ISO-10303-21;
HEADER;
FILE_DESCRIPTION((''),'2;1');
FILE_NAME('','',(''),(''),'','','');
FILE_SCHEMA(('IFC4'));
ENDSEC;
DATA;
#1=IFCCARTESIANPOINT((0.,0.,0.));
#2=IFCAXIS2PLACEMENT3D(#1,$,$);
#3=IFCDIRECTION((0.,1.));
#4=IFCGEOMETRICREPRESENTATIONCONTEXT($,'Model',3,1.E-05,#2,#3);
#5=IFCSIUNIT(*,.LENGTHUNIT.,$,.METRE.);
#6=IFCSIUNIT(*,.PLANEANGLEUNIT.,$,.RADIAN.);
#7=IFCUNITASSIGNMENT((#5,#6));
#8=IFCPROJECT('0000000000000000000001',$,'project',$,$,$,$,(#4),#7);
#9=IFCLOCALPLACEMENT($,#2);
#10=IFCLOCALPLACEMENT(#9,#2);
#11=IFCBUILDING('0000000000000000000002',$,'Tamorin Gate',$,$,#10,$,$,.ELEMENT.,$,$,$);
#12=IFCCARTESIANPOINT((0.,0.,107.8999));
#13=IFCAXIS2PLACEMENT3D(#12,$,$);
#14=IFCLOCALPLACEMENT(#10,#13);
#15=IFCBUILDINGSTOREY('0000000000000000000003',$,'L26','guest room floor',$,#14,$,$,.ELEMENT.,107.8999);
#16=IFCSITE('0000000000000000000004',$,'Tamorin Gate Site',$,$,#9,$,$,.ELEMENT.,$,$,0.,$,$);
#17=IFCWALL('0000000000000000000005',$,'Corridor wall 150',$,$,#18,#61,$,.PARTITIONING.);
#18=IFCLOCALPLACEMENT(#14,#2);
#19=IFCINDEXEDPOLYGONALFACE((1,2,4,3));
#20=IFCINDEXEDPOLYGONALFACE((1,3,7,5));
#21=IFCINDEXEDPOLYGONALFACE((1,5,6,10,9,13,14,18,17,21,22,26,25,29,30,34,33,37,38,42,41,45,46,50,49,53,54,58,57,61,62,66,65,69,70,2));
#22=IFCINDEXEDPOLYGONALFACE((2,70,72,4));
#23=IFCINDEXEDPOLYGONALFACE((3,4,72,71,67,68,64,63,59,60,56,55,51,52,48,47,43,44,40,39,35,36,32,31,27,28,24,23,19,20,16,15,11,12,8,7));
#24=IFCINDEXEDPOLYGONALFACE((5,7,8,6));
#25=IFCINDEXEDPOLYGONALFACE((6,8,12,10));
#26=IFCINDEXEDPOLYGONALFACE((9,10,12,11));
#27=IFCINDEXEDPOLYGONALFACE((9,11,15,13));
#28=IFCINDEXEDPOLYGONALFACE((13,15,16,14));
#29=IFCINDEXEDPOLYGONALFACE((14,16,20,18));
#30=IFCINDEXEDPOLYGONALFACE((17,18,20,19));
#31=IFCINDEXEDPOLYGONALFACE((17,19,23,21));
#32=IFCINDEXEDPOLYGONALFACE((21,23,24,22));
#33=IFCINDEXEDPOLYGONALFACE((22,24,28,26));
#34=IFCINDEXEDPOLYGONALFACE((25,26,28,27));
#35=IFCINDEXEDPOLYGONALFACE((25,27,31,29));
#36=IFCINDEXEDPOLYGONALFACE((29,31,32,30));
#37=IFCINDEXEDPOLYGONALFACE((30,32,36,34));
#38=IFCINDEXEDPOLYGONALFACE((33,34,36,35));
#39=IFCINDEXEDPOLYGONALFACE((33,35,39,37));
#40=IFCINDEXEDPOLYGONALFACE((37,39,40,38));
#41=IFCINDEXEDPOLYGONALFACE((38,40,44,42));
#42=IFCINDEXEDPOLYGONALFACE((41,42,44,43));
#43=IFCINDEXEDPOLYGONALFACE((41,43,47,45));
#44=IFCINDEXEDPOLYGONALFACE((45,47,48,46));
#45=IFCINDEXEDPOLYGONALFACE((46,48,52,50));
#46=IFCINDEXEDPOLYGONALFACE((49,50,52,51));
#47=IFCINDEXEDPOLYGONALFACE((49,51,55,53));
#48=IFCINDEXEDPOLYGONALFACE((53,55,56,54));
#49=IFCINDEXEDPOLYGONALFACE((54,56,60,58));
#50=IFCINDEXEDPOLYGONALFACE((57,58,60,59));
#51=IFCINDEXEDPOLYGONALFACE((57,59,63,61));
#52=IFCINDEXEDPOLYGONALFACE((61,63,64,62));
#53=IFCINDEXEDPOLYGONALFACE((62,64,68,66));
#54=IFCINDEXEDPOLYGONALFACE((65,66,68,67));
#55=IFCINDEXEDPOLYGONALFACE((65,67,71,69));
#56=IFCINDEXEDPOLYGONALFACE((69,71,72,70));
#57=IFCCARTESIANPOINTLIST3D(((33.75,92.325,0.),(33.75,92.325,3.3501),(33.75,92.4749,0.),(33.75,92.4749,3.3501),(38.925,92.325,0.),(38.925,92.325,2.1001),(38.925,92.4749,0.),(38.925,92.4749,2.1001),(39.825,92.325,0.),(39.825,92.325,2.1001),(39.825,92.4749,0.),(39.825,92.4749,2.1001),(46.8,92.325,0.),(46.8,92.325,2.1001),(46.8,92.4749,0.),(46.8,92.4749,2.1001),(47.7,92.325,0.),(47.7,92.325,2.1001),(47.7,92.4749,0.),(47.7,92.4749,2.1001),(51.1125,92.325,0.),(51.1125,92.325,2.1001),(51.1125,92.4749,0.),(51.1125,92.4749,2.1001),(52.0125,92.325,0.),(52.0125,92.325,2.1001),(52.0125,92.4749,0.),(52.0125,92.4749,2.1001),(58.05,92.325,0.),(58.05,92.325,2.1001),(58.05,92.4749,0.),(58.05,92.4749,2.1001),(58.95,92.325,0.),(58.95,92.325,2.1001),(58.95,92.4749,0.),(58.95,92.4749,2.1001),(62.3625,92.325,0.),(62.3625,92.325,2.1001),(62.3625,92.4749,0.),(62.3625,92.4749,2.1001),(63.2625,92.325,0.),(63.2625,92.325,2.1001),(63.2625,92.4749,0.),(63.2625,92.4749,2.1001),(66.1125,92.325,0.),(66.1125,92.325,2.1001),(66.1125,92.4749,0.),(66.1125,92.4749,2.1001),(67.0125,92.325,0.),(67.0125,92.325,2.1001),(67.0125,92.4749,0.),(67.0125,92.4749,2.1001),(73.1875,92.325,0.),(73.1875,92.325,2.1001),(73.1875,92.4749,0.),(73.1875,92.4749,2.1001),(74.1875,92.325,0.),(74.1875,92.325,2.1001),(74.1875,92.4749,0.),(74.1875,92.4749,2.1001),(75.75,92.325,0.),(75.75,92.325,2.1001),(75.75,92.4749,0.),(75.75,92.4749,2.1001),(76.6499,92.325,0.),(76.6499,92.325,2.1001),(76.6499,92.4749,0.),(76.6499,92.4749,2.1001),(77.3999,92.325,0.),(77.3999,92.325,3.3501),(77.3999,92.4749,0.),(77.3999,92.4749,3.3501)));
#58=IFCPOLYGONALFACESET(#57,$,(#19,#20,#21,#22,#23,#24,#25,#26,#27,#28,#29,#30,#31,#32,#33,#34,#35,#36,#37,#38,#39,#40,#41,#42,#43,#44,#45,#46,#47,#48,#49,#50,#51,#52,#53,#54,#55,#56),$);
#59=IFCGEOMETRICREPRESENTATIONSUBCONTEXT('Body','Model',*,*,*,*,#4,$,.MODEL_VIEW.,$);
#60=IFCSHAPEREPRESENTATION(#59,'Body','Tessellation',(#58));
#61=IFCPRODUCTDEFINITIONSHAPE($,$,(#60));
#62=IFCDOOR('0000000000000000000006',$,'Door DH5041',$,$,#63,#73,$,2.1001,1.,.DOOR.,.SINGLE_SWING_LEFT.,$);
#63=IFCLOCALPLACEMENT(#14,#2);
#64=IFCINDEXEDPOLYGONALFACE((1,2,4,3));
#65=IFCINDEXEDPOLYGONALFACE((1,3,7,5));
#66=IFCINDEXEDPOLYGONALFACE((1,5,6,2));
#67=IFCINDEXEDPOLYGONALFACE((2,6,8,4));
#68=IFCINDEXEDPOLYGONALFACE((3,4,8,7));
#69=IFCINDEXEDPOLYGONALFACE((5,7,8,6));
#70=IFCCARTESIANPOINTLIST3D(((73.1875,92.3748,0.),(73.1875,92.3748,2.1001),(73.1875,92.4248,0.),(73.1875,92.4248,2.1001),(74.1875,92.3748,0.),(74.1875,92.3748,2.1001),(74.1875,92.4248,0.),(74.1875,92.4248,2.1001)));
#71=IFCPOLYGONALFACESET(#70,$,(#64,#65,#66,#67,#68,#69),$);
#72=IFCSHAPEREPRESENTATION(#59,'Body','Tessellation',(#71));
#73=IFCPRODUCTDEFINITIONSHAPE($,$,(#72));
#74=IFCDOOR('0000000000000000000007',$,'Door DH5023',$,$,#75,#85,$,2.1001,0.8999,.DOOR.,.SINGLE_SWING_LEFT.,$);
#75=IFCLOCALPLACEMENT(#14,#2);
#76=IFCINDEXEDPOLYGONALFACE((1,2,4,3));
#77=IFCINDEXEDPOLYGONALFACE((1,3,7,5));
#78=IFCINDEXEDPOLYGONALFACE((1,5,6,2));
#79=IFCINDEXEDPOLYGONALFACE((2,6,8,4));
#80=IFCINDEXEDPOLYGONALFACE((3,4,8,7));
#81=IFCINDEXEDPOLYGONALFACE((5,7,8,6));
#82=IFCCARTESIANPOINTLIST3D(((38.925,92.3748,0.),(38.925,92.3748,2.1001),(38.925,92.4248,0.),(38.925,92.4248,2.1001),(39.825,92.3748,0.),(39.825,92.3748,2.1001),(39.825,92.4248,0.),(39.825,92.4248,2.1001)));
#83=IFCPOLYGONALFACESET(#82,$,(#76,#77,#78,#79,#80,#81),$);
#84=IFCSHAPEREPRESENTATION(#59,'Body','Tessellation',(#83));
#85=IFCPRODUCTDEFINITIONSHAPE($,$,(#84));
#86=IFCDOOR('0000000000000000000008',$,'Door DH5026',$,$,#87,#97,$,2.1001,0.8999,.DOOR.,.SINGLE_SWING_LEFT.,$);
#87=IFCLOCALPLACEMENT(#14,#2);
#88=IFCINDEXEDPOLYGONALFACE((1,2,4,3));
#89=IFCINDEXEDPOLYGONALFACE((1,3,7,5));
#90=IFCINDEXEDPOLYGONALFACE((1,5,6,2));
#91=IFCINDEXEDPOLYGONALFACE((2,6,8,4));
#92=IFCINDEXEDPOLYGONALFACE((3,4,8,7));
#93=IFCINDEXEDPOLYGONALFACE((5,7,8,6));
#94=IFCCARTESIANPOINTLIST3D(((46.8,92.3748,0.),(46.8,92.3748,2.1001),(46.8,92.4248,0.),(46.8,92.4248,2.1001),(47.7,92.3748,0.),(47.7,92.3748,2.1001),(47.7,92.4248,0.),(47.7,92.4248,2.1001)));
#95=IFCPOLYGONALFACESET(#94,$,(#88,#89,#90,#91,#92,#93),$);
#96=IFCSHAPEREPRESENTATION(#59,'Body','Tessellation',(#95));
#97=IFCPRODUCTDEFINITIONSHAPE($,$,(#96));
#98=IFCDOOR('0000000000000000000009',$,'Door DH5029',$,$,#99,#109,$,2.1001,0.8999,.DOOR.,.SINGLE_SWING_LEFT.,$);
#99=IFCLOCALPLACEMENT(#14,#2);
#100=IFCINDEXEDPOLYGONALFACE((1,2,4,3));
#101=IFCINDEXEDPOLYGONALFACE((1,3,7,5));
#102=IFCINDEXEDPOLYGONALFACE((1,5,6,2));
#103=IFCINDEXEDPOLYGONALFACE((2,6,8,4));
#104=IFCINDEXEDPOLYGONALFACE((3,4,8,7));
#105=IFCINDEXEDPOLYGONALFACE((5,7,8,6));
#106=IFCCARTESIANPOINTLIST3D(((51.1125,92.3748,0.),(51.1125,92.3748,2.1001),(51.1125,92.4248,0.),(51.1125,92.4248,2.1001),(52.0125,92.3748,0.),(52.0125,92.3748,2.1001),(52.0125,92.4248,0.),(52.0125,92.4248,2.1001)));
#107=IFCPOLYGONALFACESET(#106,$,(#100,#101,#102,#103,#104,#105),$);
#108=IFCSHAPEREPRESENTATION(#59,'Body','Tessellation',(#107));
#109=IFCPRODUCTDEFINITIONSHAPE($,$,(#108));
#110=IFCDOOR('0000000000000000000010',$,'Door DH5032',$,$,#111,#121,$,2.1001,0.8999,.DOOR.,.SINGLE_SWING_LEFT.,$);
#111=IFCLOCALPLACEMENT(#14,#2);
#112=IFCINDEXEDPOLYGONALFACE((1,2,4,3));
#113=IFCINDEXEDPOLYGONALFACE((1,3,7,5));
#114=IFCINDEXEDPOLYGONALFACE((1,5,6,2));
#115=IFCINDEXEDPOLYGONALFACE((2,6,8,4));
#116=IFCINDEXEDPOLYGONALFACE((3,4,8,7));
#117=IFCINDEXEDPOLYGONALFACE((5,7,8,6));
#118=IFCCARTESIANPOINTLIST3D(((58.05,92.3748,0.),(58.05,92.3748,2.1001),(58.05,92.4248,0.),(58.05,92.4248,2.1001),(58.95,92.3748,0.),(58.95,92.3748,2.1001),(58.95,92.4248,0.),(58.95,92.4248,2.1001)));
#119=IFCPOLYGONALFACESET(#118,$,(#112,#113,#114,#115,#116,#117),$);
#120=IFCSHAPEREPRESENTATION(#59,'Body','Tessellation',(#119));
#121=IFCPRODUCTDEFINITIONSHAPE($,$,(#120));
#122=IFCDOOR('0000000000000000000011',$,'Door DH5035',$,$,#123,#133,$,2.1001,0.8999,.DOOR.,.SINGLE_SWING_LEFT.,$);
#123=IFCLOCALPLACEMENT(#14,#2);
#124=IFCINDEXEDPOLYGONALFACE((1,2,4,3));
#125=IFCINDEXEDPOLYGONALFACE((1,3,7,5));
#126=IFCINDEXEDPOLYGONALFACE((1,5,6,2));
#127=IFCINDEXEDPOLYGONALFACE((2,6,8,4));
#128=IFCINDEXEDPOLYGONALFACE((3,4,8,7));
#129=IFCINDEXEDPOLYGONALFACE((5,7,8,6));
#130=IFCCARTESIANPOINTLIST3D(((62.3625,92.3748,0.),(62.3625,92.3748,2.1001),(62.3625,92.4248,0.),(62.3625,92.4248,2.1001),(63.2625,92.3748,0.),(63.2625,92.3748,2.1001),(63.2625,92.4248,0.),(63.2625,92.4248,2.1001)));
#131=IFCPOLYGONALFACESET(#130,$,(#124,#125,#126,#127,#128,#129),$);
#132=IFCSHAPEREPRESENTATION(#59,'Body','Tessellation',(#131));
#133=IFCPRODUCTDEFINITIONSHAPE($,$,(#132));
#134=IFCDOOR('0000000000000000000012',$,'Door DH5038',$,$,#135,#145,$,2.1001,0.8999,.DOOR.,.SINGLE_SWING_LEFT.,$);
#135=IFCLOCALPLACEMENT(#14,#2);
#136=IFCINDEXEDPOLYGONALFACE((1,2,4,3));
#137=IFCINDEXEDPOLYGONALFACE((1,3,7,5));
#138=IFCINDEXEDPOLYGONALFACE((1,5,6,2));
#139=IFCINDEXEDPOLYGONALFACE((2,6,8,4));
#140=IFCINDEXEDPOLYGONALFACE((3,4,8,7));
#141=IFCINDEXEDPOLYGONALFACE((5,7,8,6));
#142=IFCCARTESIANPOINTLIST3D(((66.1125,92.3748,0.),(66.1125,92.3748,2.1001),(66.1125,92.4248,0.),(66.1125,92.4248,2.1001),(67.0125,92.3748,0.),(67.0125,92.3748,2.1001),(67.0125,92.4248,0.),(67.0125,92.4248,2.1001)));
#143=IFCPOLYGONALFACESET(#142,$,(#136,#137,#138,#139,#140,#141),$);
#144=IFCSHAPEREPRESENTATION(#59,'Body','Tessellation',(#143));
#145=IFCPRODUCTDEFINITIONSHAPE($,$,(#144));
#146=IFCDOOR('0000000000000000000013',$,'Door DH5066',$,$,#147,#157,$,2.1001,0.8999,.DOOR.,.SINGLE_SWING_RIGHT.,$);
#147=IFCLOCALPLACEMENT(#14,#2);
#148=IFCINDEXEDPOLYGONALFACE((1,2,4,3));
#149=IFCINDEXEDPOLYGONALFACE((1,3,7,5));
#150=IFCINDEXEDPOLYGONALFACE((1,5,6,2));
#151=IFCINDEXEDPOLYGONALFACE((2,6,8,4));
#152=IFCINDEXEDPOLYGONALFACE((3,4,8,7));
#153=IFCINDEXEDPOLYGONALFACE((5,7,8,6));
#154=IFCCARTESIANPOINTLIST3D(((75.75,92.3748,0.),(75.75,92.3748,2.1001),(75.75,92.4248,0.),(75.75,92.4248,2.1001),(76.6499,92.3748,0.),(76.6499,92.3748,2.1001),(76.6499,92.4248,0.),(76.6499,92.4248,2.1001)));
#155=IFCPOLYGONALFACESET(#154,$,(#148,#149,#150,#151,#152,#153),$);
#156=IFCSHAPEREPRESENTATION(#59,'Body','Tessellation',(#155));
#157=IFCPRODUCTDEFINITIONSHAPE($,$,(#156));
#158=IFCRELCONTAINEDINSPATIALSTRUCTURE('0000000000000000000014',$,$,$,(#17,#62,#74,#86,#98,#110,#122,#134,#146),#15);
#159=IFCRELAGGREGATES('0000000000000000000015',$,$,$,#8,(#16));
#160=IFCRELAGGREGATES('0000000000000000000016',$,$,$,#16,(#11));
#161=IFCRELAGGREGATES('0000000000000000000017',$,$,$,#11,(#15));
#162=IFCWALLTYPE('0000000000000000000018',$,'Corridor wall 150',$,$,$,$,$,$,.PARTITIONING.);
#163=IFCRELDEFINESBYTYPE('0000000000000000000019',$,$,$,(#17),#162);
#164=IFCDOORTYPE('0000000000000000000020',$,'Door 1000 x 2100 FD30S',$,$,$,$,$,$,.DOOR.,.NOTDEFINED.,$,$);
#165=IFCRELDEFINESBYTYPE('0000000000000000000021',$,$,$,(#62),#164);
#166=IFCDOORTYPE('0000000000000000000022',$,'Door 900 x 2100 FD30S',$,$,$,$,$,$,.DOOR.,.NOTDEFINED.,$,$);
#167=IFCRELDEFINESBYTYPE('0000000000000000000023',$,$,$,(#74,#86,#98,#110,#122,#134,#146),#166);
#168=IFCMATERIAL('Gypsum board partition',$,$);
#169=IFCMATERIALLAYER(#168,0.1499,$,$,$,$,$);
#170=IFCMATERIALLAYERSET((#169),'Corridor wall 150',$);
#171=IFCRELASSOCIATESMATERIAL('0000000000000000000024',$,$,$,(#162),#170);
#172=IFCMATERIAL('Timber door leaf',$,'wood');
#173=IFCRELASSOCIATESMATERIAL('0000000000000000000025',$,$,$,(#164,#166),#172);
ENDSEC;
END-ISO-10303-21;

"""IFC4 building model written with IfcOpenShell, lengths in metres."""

from ifc_helpers import new_model, si_unit, direction, frame, frame_2d, origin, place, context, subcontext, project, spatial, rectangle, extrude, material, layer, layer_set, type_object, element, fill, save


model = new_model("IFC4")

# Units and contexts
model_context = context("Model", 3, precision=1e-05, world=origin(), true_north=direction((0.0, 1.0)))
body_context = subcontext(model_context, "Body", "Model", "MODEL_VIEW")
ifc_project = project(units=[si_unit("LENGTHUNIT", "METRE"), si_unit("PLANEANGLEUNIT", "RADIAN")], contexts=[model_context])

# Site, building, storey
site_placement = place(None, origin())
site = spatial("IfcSite", under=ifc_project, at=site_placement, Name="Tamorin Gate Site", CompositionType="ELEMENT", RefElevation=0.0)
building_placement = place(site_placement, origin())
building = spatial("IfcBuilding", under=site, at=building_placement, Name="Tamorin Gate", CompositionType="ELEMENT")
storey_placement = place(building_placement, frame((0.0, 0.0, 107.8999)))
storey = spatial("IfcBuildingStorey", under=building, at=storey_placement, Name="L26", Description="guest room floor", CompositionType="ELEMENT", Elevation=107.8999)

# Wall, openings, doors
ifc_material_1 = material(Name="Gypsum board partition")
ifc_layer_1 = layer(ifc_material_1, 0.1499)
ifc_layer_set_1 = layer_set([ifc_layer_1], Name="Corridor wall 150")
wall_type_1 = type_object("IfcWallType", Name="Corridor wall 150", PredefinedType="PARTITIONING", material=ifc_layer_set_1)
wall_1_placement = place(storey_placement, frame((33.75, 92.3999, 0.0), z_axis=(0.0, 0.0, 1.0), x_axis=(1.0, 0.0, 0.0)))
wall_1 = element("IfcWall", 1, at=wall_1_placement, inside=storey, type_object=wall_type_1, Name="Corridor wall 150", PredefinedType="PARTITIONING", context=body_context, shape_type="SweptSolid", body=[
    extrude(rectangle(XDim=43.6499, YDim=0.1499, at=frame_2d((21.825, 0.0))), origin(), (0.0, 0.0, 1.0), 3.3501),
])
opening_1_placement = place(wall_1_placement, frame((5.175, 0.0, 0.0)))
opening_1 = element("IfcOpeningElement", 2, at=opening_1_placement, cuts=wall_1, PredefinedType="OPENING", context=body_context, shape_type="SweptSolid", body=[
    extrude(rectangle(XDim=0.8999, YDim=2.1001, at=frame_2d((0.45, 1.05))), frame((0.0, 0.085, 0.0), z_axis=(0.0, -1.0, 0.0), x_axis=(1.0, 0.0, 0.0)), (0.0, 0.0, 1.0), 0.1699),
])
opening_2_placement = place(wall_1_placement, frame((13.05, 0.0, 0.0)))
opening_2 = element("IfcOpeningElement", 3, at=opening_2_placement, cuts=wall_1, PredefinedType="OPENING", context=body_context, shape_type="SweptSolid", body=[
    extrude(rectangle(XDim=0.8999, YDim=2.1001, at=frame_2d((0.45, 1.05))), frame((0.0, 0.085, 0.0), z_axis=(0.0, -1.0, 0.0), x_axis=(1.0, 0.0, 0.0)), (0.0, 0.0, 1.0), 0.1699),
])
opening_3_placement = place(wall_1_placement, frame((17.3625, 0.0, 0.0)))
opening_3 = element("IfcOpeningElement", 4, at=opening_3_placement, cuts=wall_1, PredefinedType="OPENING", context=body_context, shape_type="SweptSolid", body=[
    extrude(rectangle(XDim=0.8999, YDim=2.1001, at=frame_2d((0.45, 1.05))), frame((0.0, 0.085, 0.0), z_axis=(0.0, -1.0, 0.0), x_axis=(1.0, 0.0, 0.0)), (0.0, 0.0, 1.0), 0.1699),
])
opening_4_placement = place(wall_1_placement, frame((24.3, 0.0, 0.0)))
opening_4 = element("IfcOpeningElement", 5, at=opening_4_placement, cuts=wall_1, PredefinedType="OPENING", context=body_context, shape_type="SweptSolid", body=[
    extrude(rectangle(XDim=0.8999, YDim=2.1001, at=frame_2d((0.45, 1.05))), frame((0.0, 0.085, 0.0), z_axis=(0.0, -1.0, 0.0), x_axis=(1.0, 0.0, 0.0)), (0.0, 0.0, 1.0), 0.1699),
])
opening_5_placement = place(wall_1_placement, frame((28.6125, 0.0, 0.0)))
opening_5 = element("IfcOpeningElement", 6, at=opening_5_placement, cuts=wall_1, PredefinedType="OPENING", context=body_context, shape_type="SweptSolid", body=[
    extrude(rectangle(XDim=0.8999, YDim=2.1001, at=frame_2d((0.45, 1.05))), frame((0.0, 0.085, 0.0), z_axis=(0.0, -1.0, 0.0), x_axis=(1.0, 0.0, 0.0)), (0.0, 0.0, 1.0), 0.1699),
])
opening_6_placement = place(wall_1_placement, frame((32.3625, 0.0, 0.0)))
opening_6 = element("IfcOpeningElement", 7, at=opening_6_placement, cuts=wall_1, PredefinedType="OPENING", context=body_context, shape_type="SweptSolid", body=[
    extrude(rectangle(XDim=0.8999, YDim=2.1001, at=frame_2d((0.45, 1.05))), frame((0.0, 0.085, 0.0), z_axis=(0.0, -1.0, 0.0), x_axis=(1.0, 0.0, 0.0)), (0.0, 0.0, 1.0), 0.1699),
])
opening_7_placement = place(wall_1_placement, frame((39.4375, 0.0, 0.0)))
opening_7 = element("IfcOpeningElement", 8, at=opening_7_placement, cuts=wall_1, PredefinedType="OPENING", context=body_context, shape_type="SweptSolid", body=[
    extrude(rectangle(XDim=1.0, YDim=2.1001, at=frame_2d((0.5, 1.05))), frame((0.0, 0.085, 0.0), z_axis=(0.0, -1.0, 0.0), x_axis=(1.0, 0.0, 0.0)), (0.0, 0.0, 1.0), 0.1699),
])
opening_8_placement = place(wall_1_placement, frame((42.0, 0.0, 0.0)))
opening_8 = element("IfcOpeningElement", 9, at=opening_8_placement, cuts=wall_1, PredefinedType="OPENING", context=body_context, shape_type="SweptSolid", body=[
    extrude(rectangle(XDim=0.8999, YDim=2.1001, at=frame_2d((0.45, 1.05))), frame((0.0, 0.085, 0.0), z_axis=(0.0, -1.0, 0.0), x_axis=(1.0, 0.0, 0.0)), (0.0, 0.0, 1.0), 0.1699),
])
ifc_material_2 = material(Name="Timber door leaf", Category="wood")
door_type_1 = type_object("IfcDoorType", Name="Door 1000 x 2100 FD30S", OperationType="NOTDEFINED", PredefinedType="DOOR", material=ifc_material_2)
door_1_placement = place(opening_7_placement, origin())
door_1 = element("IfcDoor", 10, at=door_1_placement, inside=storey, type_object=door_type_1, Name="Door DH5041", OperationType="SINGLE_SWING_LEFT", OverallHeight=2.1001, OverallWidth=1.0, PredefinedType="DOOR", context=body_context, shape_type="SweptSolid", body=[
    extrude(rectangle(XDim=1.0, YDim=2.1001, at=frame_2d((0.5, 1.05))), frame((0.0, 0.0249, 0.0), z_axis=(0.0, -1.0, 0.0), x_axis=(1.0, 0.0, 0.0)), (0.0, 0.0, 1.0), 0.05),
])
fill(opening_7, door_1)
door_type_2 = type_object("IfcDoorType", Name="Door 900 x 2100 FD30S", OperationType="NOTDEFINED", PredefinedType="DOOR", material=ifc_material_2)
door_2_placement = place(opening_1_placement, origin())
door_2 = element("IfcDoor", 11, at=door_2_placement, inside=storey, type_object=door_type_2, Name="Door DH5023", OperationType="SINGLE_SWING_LEFT", OverallHeight=2.1001, OverallWidth=0.8999, PredefinedType="DOOR", context=body_context, shape_type="SweptSolid", body=[
    extrude(rectangle(XDim=0.8999, YDim=2.1001, at=frame_2d((0.45, 1.05))), frame((0.0, 0.0249, 0.0), z_axis=(0.0, -1.0, 0.0), x_axis=(1.0, 0.0, 0.0)), (0.0, 0.0, 1.0), 0.05),
])
fill(opening_1, door_2)
door_3_placement = place(opening_2_placement, origin())
door_3 = element("IfcDoor", 12, at=door_3_placement, inside=storey, type_object=door_type_2, Name="Door DH5026", OperationType="SINGLE_SWING_LEFT", OverallHeight=2.1001, OverallWidth=0.8999, PredefinedType="DOOR", context=body_context, shape_type="SweptSolid", body=[
    extrude(rectangle(XDim=0.8999, YDim=2.1001, at=frame_2d((0.45, 1.05))), frame((0.0, 0.0249, 0.0), z_axis=(0.0, -1.0, 0.0), x_axis=(1.0, 0.0, 0.0)), (0.0, 0.0, 1.0), 0.05),
])
fill(opening_2, door_3)
door_4_placement = place(opening_3_placement, origin())
door_4 = element("IfcDoor", 13, at=door_4_placement, inside=storey, type_object=door_type_2, Name="Door DH5029", OperationType="SINGLE_SWING_LEFT", OverallHeight=2.1001, OverallWidth=0.8999, PredefinedType="DOOR", context=body_context, shape_type="SweptSolid", body=[
    extrude(rectangle(XDim=0.8999, YDim=2.1001, at=frame_2d((0.45, 1.05))), frame((0.0, 0.0249, 0.0), z_axis=(0.0, -1.0, 0.0), x_axis=(1.0, 0.0, 0.0)), (0.0, 0.0, 1.0), 0.05),
])
fill(opening_3, door_4)
door_5_placement = place(opening_4_placement, origin())
door_5 = element("IfcDoor", 14, at=door_5_placement, inside=storey, type_object=door_type_2, Name="Door DH5032", OperationType="SINGLE_SWING_LEFT", OverallHeight=2.1001, OverallWidth=0.8999, PredefinedType="DOOR", context=body_context, shape_type="SweptSolid", body=[
    extrude(rectangle(XDim=0.8999, YDim=2.1001, at=frame_2d((0.45, 1.05))), frame((0.0, 0.0249, 0.0), z_axis=(0.0, -1.0, 0.0), x_axis=(1.0, 0.0, 0.0)), (0.0, 0.0, 1.0), 0.05),
])
fill(opening_4, door_5)
door_6_placement = place(opening_5_placement, origin())
door_6 = element("IfcDoor", 15, at=door_6_placement, inside=storey, type_object=door_type_2, Name="Door DH5035", OperationType="SINGLE_SWING_LEFT", OverallHeight=2.1001, OverallWidth=0.8999, PredefinedType="DOOR", context=body_context, shape_type="SweptSolid", body=[
    extrude(rectangle(XDim=0.8999, YDim=2.1001, at=frame_2d((0.45, 1.05))), frame((0.0, 0.0249, 0.0), z_axis=(0.0, -1.0, 0.0), x_axis=(1.0, 0.0, 0.0)), (0.0, 0.0, 1.0), 0.05),
])
fill(opening_5, door_6)
door_7_placement = place(opening_6_placement, origin())
door_7 = element("IfcDoor", 16, at=door_7_placement, inside=storey, type_object=door_type_2, Name="Door DH5038", OperationType="SINGLE_SWING_LEFT", OverallHeight=2.1001, OverallWidth=0.8999, PredefinedType="DOOR", context=body_context, shape_type="SweptSolid", body=[
    extrude(rectangle(XDim=0.8999, YDim=2.1001, at=frame_2d((0.45, 1.05))), frame((0.0, 0.0249, 0.0), z_axis=(0.0, -1.0, 0.0), x_axis=(1.0, 0.0, 0.0)), (0.0, 0.0, 1.0), 0.05),
])
fill(opening_6, door_7)
door_8_placement = place(opening_8_placement, origin())
door_8 = element("IfcDoor", 17, at=door_8_placement, inside=storey, type_object=door_type_2, Name="Door DH5066", OperationType="SINGLE_SWING_RIGHT", OverallHeight=2.1001, OverallWidth=0.8999, PredefinedType="DOOR", context=body_context, shape_type="SweptSolid", body=[
    extrude(rectangle(XDim=0.8999, YDim=2.1001, at=frame_2d((0.45, 1.05))), frame((0.0, 0.0249, 0.0), z_axis=(0.0, -1.0, 0.0), x_axis=(1.0, 0.0, 0.0)), (0.0, 0.0, 1.0), 0.05),
])
fill(opening_8, door_8)

save(model, "model.ifc")
